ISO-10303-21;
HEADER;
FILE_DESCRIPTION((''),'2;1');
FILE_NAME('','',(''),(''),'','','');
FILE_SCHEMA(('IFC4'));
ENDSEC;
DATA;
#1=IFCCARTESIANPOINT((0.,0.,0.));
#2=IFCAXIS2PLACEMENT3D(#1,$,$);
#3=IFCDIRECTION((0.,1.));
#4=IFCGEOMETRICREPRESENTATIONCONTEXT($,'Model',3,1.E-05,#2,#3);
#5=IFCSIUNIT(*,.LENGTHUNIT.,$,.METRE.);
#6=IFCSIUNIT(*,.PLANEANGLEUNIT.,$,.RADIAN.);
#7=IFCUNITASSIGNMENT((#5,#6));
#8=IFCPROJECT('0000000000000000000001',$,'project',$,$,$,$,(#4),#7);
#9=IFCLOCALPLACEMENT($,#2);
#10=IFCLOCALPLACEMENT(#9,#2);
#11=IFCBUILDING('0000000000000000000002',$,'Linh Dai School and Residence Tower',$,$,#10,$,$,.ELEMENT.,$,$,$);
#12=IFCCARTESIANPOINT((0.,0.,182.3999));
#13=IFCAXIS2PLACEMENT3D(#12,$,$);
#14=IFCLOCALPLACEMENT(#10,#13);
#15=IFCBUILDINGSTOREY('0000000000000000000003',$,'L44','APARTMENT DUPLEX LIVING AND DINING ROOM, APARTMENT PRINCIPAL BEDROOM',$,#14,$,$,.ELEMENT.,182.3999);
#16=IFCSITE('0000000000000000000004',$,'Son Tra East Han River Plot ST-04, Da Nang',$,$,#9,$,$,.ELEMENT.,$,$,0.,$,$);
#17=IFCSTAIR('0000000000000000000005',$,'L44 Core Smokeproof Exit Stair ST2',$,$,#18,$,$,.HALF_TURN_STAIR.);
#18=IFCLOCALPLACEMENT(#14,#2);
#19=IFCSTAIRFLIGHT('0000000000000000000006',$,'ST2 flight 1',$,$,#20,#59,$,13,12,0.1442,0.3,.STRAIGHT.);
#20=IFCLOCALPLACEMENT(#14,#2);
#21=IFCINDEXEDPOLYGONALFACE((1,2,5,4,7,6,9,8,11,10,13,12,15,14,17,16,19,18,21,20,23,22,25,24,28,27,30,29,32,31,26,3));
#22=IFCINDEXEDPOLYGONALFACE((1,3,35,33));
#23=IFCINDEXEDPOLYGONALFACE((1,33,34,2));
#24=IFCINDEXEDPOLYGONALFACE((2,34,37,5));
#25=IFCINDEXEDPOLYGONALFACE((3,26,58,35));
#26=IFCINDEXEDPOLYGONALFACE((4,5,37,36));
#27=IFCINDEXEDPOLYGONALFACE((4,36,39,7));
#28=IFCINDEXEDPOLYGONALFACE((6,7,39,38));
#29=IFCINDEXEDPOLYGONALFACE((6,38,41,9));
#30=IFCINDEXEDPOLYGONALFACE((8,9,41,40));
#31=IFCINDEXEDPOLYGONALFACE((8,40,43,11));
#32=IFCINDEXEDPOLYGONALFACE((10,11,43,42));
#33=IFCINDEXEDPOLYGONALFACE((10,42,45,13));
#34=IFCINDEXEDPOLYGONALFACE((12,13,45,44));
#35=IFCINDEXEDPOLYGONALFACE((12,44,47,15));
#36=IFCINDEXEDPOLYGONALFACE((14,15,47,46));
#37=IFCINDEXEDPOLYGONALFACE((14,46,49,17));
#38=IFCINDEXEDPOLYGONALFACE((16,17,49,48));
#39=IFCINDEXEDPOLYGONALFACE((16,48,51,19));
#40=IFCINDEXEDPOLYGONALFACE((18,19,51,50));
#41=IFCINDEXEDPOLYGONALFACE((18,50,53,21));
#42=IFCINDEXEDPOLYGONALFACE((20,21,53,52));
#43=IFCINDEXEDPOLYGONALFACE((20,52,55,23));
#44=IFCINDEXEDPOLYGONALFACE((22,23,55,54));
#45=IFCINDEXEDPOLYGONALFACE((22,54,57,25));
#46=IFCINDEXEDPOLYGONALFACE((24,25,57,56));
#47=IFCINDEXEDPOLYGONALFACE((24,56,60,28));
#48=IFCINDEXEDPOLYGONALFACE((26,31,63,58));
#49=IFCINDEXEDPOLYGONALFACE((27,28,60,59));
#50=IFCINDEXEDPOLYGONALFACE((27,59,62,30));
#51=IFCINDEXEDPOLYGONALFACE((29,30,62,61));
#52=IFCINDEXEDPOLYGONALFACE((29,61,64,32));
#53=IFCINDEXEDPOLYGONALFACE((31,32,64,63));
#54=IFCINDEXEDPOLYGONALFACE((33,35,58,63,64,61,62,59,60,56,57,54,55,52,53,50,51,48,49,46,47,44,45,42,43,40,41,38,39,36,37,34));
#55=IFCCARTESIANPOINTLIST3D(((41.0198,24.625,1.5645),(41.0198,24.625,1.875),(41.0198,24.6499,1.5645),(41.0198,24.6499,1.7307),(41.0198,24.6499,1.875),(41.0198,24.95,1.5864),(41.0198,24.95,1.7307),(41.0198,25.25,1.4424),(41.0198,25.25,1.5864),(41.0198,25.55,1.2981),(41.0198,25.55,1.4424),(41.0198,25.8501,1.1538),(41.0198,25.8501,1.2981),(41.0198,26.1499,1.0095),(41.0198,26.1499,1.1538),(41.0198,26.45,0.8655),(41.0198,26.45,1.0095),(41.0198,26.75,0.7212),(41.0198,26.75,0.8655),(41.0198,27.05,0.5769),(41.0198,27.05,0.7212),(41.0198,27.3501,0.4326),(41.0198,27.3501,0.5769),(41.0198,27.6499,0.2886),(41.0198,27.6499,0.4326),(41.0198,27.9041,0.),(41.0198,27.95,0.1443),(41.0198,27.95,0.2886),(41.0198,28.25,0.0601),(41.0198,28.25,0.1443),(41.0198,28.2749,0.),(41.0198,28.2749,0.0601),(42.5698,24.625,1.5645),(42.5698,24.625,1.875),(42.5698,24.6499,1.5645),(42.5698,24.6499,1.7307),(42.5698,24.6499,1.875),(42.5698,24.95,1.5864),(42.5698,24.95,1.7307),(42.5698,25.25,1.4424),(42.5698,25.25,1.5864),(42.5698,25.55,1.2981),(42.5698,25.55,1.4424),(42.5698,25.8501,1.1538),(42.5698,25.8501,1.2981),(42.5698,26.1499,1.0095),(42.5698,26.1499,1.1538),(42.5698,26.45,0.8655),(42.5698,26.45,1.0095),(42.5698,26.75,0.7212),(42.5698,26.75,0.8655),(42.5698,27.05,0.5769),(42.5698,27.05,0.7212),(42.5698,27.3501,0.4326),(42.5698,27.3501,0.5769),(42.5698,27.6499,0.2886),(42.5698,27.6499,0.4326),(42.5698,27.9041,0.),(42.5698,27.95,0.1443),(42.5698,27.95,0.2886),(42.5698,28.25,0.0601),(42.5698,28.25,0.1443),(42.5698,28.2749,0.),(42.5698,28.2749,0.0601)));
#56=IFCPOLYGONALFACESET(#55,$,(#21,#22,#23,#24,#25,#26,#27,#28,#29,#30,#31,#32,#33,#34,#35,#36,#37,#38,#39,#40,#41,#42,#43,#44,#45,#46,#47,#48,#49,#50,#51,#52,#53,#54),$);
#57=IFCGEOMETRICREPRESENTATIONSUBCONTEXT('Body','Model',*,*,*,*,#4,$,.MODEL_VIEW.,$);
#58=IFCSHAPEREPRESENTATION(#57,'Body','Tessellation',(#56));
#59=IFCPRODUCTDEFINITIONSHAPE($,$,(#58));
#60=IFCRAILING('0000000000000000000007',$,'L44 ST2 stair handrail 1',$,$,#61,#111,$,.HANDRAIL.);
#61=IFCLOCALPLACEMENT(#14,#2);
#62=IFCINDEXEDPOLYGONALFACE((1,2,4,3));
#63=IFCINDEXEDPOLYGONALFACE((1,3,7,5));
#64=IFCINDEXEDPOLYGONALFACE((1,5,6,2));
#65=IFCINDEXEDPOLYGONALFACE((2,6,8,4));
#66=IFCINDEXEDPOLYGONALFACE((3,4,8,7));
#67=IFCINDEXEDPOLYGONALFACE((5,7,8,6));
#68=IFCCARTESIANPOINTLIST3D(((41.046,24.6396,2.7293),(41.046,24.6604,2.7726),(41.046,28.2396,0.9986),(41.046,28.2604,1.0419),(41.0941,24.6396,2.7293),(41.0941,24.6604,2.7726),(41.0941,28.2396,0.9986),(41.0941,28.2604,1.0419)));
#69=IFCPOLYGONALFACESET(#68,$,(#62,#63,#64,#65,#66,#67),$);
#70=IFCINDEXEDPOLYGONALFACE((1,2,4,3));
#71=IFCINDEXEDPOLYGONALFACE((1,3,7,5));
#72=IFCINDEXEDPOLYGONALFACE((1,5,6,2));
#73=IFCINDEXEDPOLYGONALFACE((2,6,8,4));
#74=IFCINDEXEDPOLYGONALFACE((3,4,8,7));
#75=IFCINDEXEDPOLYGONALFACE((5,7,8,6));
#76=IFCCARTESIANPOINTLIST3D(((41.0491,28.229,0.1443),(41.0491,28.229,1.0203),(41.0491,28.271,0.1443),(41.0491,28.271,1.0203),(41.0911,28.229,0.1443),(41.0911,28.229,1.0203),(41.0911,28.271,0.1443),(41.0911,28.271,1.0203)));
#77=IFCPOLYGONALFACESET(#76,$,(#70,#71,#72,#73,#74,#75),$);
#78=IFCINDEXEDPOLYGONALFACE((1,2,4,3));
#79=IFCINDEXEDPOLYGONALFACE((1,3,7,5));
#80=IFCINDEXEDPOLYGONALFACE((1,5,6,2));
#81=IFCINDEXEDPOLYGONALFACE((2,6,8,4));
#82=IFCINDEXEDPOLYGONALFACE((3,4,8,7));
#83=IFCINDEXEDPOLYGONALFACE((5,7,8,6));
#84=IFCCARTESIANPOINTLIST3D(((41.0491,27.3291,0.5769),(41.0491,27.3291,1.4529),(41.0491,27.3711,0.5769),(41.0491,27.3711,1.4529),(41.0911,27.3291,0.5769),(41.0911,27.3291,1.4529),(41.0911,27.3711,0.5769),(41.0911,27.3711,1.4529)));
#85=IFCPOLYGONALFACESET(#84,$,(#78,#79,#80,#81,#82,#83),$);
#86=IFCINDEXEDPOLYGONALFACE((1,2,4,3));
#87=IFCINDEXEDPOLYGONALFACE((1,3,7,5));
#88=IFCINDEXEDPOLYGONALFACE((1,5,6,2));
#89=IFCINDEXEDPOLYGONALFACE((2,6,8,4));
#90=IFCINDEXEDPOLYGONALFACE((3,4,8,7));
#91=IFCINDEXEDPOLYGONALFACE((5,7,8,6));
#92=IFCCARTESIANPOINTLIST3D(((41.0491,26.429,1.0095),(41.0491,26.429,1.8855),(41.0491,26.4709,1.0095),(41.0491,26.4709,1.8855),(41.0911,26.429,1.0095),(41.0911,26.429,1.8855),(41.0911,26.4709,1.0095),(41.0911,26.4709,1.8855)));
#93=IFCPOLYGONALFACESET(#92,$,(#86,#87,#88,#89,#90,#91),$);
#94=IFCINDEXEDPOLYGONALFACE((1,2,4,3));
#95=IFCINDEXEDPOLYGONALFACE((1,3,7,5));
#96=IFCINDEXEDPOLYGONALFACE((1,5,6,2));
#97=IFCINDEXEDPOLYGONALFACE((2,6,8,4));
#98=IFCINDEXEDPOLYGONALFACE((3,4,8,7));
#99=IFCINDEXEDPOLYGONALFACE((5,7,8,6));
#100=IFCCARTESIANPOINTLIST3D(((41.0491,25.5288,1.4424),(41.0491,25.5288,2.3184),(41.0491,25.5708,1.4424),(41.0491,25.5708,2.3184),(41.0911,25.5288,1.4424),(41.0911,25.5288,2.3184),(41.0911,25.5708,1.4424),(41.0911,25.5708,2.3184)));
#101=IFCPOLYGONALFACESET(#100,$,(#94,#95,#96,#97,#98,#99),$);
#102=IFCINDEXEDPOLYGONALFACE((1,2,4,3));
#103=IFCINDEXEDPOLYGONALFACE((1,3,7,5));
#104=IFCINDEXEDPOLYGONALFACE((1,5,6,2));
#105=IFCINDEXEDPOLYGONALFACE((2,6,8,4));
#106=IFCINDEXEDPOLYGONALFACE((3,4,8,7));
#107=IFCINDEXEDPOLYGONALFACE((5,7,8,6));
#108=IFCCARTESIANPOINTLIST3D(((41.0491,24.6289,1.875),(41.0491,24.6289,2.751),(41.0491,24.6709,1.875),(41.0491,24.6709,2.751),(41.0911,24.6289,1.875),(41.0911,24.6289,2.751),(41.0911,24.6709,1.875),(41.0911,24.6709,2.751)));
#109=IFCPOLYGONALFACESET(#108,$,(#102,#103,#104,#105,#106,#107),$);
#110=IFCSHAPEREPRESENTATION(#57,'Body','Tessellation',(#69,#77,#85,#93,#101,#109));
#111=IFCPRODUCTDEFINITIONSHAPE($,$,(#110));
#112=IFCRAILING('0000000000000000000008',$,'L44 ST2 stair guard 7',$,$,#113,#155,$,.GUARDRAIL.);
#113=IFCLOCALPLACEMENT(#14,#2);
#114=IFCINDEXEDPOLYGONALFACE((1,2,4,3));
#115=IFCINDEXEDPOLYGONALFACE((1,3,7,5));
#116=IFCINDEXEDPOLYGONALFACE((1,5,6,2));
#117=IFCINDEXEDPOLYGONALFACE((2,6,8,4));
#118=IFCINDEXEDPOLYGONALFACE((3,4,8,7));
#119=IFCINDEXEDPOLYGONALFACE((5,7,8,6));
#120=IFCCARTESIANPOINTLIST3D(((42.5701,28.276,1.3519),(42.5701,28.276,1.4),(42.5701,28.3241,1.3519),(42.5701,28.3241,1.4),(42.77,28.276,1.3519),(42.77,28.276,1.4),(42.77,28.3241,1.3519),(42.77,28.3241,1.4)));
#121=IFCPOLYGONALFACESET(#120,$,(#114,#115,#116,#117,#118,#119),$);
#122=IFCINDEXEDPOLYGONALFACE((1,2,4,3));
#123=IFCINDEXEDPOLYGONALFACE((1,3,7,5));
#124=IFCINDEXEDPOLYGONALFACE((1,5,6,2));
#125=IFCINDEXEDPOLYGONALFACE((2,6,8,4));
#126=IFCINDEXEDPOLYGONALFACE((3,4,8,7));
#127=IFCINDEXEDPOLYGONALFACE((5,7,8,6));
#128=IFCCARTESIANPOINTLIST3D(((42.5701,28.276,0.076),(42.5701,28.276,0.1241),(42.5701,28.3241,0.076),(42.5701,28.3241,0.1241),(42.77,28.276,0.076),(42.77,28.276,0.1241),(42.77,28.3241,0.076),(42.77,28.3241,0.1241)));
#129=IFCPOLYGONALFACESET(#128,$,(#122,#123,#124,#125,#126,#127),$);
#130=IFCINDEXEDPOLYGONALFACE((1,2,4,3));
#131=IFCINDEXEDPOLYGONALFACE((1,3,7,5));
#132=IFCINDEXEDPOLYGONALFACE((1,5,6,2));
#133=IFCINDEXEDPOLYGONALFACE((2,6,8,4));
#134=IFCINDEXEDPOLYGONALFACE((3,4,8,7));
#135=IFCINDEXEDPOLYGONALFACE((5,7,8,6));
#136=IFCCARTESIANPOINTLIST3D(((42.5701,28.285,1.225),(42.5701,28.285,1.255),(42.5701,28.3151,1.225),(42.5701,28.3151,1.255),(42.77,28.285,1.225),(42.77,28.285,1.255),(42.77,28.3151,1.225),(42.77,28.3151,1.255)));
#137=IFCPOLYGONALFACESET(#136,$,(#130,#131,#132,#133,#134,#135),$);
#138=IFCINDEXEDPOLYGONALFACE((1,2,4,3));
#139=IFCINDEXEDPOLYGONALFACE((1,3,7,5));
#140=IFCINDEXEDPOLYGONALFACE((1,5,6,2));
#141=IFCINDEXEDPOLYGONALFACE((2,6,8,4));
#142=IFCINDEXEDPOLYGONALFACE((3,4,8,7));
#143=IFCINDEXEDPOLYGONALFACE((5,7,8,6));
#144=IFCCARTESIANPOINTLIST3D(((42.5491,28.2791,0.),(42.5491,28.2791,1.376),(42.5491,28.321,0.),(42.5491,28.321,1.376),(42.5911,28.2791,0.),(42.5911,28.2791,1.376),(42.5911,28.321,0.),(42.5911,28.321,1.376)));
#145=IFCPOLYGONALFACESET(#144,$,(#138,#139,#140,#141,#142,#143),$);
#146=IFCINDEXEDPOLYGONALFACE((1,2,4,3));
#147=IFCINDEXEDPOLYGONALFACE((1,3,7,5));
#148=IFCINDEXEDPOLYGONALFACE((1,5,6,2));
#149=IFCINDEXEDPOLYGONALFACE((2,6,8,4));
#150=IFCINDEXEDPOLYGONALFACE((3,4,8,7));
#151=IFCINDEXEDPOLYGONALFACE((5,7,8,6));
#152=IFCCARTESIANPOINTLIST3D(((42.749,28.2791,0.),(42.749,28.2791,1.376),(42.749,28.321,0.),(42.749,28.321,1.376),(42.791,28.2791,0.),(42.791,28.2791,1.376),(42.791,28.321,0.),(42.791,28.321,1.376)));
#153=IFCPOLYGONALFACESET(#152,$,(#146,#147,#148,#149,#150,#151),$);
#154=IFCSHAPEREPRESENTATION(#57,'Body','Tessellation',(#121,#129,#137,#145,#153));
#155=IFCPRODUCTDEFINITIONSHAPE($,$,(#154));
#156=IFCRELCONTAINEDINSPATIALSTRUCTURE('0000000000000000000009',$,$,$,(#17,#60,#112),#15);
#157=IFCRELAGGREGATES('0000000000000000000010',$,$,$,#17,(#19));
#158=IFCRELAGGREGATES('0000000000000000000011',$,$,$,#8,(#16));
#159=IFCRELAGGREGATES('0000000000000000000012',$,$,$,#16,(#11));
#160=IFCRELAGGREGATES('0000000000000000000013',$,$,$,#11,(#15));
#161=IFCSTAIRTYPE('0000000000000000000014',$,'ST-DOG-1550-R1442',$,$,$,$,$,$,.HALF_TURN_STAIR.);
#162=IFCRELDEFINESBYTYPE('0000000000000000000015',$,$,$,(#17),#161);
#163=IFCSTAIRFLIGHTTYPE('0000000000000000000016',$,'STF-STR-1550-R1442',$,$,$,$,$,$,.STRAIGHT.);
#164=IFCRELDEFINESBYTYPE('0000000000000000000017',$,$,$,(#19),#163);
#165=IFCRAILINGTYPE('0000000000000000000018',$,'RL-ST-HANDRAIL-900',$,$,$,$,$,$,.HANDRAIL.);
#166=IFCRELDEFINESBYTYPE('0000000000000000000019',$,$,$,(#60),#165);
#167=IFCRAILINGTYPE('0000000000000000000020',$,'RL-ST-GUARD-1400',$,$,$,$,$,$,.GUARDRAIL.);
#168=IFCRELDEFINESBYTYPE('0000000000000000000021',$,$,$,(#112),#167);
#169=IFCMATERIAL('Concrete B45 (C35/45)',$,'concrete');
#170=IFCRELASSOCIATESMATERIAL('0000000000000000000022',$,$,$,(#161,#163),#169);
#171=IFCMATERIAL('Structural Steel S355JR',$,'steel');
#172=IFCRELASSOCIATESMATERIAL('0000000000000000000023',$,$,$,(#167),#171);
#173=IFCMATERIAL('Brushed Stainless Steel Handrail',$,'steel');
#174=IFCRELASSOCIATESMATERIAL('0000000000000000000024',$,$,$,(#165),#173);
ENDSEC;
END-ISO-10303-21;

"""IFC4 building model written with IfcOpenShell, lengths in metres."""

from ifc_helpers import new_model, si_unit, direction, frame, origin, origin_2d, place, context, subcontext, project, spatial, polyline, rectangle, outline, extrude, source, transform, mapped, material, type_object, element, aggregate, save


model = new_model("IFC4")

# Units and contexts
model_context = context("Model", 3, precision=1e-05, world=origin(), true_north=direction((0.0, 1.0)))
body_context = subcontext(model_context, "Body", "Model", "MODEL_VIEW")
ifc_project = project(units=[si_unit("LENGTHUNIT", "METRE"), si_unit("PLANEANGLEUNIT", "RADIAN")], contexts=[model_context])

# Site, building, storey
site_placement = place(None, origin())
site = spatial("IfcSite", under=ifc_project, at=site_placement, Name="Son Tra East Han River Plot ST-04, Da Nang", CompositionType="ELEMENT", RefElevation=0.0)
building_placement = place(site_placement, origin())
building = spatial("IfcBuilding", under=site, at=building_placement, Name="Linh Dai School and Residence Tower", CompositionType="ELEMENT")
storey_placement = place(building_placement, frame((0.0, 0.0, 182.3999)))
storey = spatial("IfcBuildingStorey", under=building, at=storey_placement, Name="L44", Description="APARTMENT DUPLEX LIVING AND DINING ROOM, APARTMENT PRINCIPAL BEDROOM", CompositionType="ELEMENT", Elevation=182.3999)

# Shared definitions
ifc_material_1 = material(Name="Structural Steel S355JR", Category="steel")

# Shared definitions
ifc_material_2 = material(Name="Concrete B45 (C35/45)", Category="concrete")

# Stair, stair flight
stair_type = type_object("IfcStairType", Name="ST-DOG-1550-R1442", PredefinedType="HALF_TURN_STAIR", material=ifc_material_2)
stair_placement = place(storey_placement, origin())
stair = element("IfcStair", 1, at=stair_placement, inside=storey, type_object=stair_type, Name="L44 Core Smokeproof Exit Stair ST2", PredefinedType="HALF_TURN_STAIR")
stair_flight_type = type_object("IfcStairFlightType", Name="STF-STR-1550-R1442", PredefinedType="STRAIGHT", material=ifc_material_2)
shared_shape_1 = source(origin(), body_context, "Body", "SweptSolid", [
    extrude(outline(polyline([(-0.0249, 0.0), (-0.0249, 0.0601), (0.0, 0.0601), (0.0, 0.1443), (0.3, 0.1443), (0.3, 0.2886), (0.6001, 0.2886), (0.6001, 0.4326), (0.8999, 0.4326), (0.8999, 0.5769), (1.2, 0.5769), (1.2, 0.7212), (1.5, 0.7212), (1.5, 0.8655), (1.8, 0.8655), (1.8, 1.0095), (2.1001, 1.0095), (2.1001, 1.1538), (2.3999, 1.1538), (2.3999, 1.2981), (2.7, 1.2981), (2.7, 1.4424), (3.0, 1.4424), (3.0, 1.5864), (3.3, 1.5864), (3.3, 1.7307), (3.6001, 1.7307), (3.6001, 1.875), (3.625, 1.875), (3.625, 1.5645), (3.6001, 1.5645), (0.3459, 0.0), (-0.0249, 0.0)])), frame((0.0, 0.7749, 0.0), z_axis=(0.0, -1.0, 0.0), x_axis=(1.0, 0.0, 0.0)), (0.0, 0.0, 1.0), 1.55),
])
stair_flight_placement = place(storey_placement, frame((41.7949, 28.25, 0.0), z_axis=(0.0, 0.0, 1.0), x_axis=(0.0, -1.0, 0.0)))
stair_flight = element("IfcStairFlight", 2, at=stair_flight_placement, type_object=stair_flight_type, Name="ST2 flight 1", NumberOfRisers=13, NumberOfTreads=12, PredefinedType="STRAIGHT", RiserHeight=0.1442, TreadLength=0.3, context=body_context, shape_type="MappedRepresentation", body=[
    mapped(shared_shape_1, transform((0.0, 0.0, 0.0), x_axis=(1.0, 0.0, 0.0), y_axis=(0.0, 1.0, 0.0), z_axis=(0.0, 0.0, 1.0), scale=1.0)),
])
aggregate(stair, [stair_flight])

# Railings
railing_type_1 = type_object("IfcRailingType", Name="RL-ST-GUARD-1400", PredefinedType="GUARDRAIL", material=ifc_material_1)
ifc_material_3 = material(Name="Brushed Stainless Steel Handrail", Category="steel")
railing_type_2 = type_object("IfcRailingType", Name="RL-ST-HANDRAIL-900", PredefinedType="HANDRAIL", material=ifc_material_3)
shared_shape_2 = source(origin(), body_context, "Body", "SweptSolid", [
    extrude(rectangle(XDim=0.0481, YDim=0.0481, at=origin_2d()), frame((0.0, 0.0, 0.876), z_axis=(0.0, -0.901263, 0.433273), x_axis=(1.0, 0.0, 0.0)), (0.0, 0.0, 1.0), 3.9944),
    extrude(rectangle(XDim=0.042, YDim=0.042, at=origin_2d()), origin(), (0.0, 0.0, 1.0), 0.876),
    extrude(rectangle(XDim=0.042, YDim=0.042, at=origin_2d()), frame((0.0, -0.8999, 0.4326)), (0.0, 0.0, 1.0), 0.876),
    extrude(rectangle(XDim=0.042, YDim=0.042, at=origin_2d()), frame((0.0, -1.8, 0.8652)), (0.0, 0.0, 1.0), 0.876),
    extrude(rectangle(XDim=0.042, YDim=0.042, at=origin_2d()), frame((0.0, -2.7002, 1.2981)), (0.0, 0.0, 1.0), 0.876),
    extrude(rectangle(XDim=0.042, YDim=0.042, at=origin_2d()), frame((0.0, -3.6001, 1.7307)), (0.0, 0.0, 1.0), 0.876),
])
railing_1_placement = place(storey_placement, frame((41.0701, 28.25, 0.1443)))
element("IfcRailing", 3, at=railing_1_placement, inside=storey, type_object=railing_type_2, Name="L44 ST2 stair handrail 1", PredefinedType="HANDRAIL", context=body_context, shape_type="MappedRepresentation", body=[
    mapped(shared_shape_2, transform((0.0, 0.0, 0.0), x_axis=(1.0, 0.0, 0.0), y_axis=(0.0, 1.0, 0.0), z_axis=(0.0, 0.0, 1.0), scale=1.0)),
])
shared_shape_3 = source(origin(), body_context, "Body", "SweptSolid", [
    extrude(rectangle(XDim=0.0481, YDim=0.0481, at=origin_2d()), frame((0.0, 0.0, 1.376), z_axis=(1.0, 0.0, 0.0), x_axis=(0.0, 1.0, 0.0)), (0.0, 0.0, 1.0), 0.2),
    extrude(rectangle(XDim=0.0481, YDim=0.0481, at=origin_2d()), frame((0.0, 0.0, 0.1001), z_axis=(1.0, 0.0, 0.0), x_axis=(0.0, 1.0, 0.0)), (0.0, 0.0, 1.0), 0.2),
    extrude(rectangle(XDim=0.03, YDim=0.03, at=origin_2d()), frame((0.0, 0.0, 1.24), z_axis=(1.0, 0.0, 0.0), x_axis=(0.0, 1.0, 0.0)), (0.0, 0.0, 1.0), 0.2),
    extrude(rectangle(XDim=0.042, YDim=0.042, at=origin_2d()), origin(), (0.0, 0.0, 1.0), 1.376),
    extrude(rectangle(XDim=0.042, YDim=0.042, at=origin_2d()), frame((0.2, 0.0, 0.0)), (0.0, 0.0, 1.0), 1.376),
])
railing_2_placement = place(storey_placement, frame((42.5701, 28.3, 0.0)))
element("IfcRailing", 4, at=railing_2_placement, inside=storey, type_object=railing_type_1, Name="L44 ST2 stair guard 7", PredefinedType="GUARDRAIL", context=body_context, shape_type="MappedRepresentation", body=[
    mapped(shared_shape_3, transform((0.0, 0.0, 0.0), x_axis=(1.0, 0.0, 0.0), y_axis=(0.0, 1.0, 0.0), z_axis=(0.0, 0.0, 1.0), scale=1.0)),
])

save(model, "model.ifc")
